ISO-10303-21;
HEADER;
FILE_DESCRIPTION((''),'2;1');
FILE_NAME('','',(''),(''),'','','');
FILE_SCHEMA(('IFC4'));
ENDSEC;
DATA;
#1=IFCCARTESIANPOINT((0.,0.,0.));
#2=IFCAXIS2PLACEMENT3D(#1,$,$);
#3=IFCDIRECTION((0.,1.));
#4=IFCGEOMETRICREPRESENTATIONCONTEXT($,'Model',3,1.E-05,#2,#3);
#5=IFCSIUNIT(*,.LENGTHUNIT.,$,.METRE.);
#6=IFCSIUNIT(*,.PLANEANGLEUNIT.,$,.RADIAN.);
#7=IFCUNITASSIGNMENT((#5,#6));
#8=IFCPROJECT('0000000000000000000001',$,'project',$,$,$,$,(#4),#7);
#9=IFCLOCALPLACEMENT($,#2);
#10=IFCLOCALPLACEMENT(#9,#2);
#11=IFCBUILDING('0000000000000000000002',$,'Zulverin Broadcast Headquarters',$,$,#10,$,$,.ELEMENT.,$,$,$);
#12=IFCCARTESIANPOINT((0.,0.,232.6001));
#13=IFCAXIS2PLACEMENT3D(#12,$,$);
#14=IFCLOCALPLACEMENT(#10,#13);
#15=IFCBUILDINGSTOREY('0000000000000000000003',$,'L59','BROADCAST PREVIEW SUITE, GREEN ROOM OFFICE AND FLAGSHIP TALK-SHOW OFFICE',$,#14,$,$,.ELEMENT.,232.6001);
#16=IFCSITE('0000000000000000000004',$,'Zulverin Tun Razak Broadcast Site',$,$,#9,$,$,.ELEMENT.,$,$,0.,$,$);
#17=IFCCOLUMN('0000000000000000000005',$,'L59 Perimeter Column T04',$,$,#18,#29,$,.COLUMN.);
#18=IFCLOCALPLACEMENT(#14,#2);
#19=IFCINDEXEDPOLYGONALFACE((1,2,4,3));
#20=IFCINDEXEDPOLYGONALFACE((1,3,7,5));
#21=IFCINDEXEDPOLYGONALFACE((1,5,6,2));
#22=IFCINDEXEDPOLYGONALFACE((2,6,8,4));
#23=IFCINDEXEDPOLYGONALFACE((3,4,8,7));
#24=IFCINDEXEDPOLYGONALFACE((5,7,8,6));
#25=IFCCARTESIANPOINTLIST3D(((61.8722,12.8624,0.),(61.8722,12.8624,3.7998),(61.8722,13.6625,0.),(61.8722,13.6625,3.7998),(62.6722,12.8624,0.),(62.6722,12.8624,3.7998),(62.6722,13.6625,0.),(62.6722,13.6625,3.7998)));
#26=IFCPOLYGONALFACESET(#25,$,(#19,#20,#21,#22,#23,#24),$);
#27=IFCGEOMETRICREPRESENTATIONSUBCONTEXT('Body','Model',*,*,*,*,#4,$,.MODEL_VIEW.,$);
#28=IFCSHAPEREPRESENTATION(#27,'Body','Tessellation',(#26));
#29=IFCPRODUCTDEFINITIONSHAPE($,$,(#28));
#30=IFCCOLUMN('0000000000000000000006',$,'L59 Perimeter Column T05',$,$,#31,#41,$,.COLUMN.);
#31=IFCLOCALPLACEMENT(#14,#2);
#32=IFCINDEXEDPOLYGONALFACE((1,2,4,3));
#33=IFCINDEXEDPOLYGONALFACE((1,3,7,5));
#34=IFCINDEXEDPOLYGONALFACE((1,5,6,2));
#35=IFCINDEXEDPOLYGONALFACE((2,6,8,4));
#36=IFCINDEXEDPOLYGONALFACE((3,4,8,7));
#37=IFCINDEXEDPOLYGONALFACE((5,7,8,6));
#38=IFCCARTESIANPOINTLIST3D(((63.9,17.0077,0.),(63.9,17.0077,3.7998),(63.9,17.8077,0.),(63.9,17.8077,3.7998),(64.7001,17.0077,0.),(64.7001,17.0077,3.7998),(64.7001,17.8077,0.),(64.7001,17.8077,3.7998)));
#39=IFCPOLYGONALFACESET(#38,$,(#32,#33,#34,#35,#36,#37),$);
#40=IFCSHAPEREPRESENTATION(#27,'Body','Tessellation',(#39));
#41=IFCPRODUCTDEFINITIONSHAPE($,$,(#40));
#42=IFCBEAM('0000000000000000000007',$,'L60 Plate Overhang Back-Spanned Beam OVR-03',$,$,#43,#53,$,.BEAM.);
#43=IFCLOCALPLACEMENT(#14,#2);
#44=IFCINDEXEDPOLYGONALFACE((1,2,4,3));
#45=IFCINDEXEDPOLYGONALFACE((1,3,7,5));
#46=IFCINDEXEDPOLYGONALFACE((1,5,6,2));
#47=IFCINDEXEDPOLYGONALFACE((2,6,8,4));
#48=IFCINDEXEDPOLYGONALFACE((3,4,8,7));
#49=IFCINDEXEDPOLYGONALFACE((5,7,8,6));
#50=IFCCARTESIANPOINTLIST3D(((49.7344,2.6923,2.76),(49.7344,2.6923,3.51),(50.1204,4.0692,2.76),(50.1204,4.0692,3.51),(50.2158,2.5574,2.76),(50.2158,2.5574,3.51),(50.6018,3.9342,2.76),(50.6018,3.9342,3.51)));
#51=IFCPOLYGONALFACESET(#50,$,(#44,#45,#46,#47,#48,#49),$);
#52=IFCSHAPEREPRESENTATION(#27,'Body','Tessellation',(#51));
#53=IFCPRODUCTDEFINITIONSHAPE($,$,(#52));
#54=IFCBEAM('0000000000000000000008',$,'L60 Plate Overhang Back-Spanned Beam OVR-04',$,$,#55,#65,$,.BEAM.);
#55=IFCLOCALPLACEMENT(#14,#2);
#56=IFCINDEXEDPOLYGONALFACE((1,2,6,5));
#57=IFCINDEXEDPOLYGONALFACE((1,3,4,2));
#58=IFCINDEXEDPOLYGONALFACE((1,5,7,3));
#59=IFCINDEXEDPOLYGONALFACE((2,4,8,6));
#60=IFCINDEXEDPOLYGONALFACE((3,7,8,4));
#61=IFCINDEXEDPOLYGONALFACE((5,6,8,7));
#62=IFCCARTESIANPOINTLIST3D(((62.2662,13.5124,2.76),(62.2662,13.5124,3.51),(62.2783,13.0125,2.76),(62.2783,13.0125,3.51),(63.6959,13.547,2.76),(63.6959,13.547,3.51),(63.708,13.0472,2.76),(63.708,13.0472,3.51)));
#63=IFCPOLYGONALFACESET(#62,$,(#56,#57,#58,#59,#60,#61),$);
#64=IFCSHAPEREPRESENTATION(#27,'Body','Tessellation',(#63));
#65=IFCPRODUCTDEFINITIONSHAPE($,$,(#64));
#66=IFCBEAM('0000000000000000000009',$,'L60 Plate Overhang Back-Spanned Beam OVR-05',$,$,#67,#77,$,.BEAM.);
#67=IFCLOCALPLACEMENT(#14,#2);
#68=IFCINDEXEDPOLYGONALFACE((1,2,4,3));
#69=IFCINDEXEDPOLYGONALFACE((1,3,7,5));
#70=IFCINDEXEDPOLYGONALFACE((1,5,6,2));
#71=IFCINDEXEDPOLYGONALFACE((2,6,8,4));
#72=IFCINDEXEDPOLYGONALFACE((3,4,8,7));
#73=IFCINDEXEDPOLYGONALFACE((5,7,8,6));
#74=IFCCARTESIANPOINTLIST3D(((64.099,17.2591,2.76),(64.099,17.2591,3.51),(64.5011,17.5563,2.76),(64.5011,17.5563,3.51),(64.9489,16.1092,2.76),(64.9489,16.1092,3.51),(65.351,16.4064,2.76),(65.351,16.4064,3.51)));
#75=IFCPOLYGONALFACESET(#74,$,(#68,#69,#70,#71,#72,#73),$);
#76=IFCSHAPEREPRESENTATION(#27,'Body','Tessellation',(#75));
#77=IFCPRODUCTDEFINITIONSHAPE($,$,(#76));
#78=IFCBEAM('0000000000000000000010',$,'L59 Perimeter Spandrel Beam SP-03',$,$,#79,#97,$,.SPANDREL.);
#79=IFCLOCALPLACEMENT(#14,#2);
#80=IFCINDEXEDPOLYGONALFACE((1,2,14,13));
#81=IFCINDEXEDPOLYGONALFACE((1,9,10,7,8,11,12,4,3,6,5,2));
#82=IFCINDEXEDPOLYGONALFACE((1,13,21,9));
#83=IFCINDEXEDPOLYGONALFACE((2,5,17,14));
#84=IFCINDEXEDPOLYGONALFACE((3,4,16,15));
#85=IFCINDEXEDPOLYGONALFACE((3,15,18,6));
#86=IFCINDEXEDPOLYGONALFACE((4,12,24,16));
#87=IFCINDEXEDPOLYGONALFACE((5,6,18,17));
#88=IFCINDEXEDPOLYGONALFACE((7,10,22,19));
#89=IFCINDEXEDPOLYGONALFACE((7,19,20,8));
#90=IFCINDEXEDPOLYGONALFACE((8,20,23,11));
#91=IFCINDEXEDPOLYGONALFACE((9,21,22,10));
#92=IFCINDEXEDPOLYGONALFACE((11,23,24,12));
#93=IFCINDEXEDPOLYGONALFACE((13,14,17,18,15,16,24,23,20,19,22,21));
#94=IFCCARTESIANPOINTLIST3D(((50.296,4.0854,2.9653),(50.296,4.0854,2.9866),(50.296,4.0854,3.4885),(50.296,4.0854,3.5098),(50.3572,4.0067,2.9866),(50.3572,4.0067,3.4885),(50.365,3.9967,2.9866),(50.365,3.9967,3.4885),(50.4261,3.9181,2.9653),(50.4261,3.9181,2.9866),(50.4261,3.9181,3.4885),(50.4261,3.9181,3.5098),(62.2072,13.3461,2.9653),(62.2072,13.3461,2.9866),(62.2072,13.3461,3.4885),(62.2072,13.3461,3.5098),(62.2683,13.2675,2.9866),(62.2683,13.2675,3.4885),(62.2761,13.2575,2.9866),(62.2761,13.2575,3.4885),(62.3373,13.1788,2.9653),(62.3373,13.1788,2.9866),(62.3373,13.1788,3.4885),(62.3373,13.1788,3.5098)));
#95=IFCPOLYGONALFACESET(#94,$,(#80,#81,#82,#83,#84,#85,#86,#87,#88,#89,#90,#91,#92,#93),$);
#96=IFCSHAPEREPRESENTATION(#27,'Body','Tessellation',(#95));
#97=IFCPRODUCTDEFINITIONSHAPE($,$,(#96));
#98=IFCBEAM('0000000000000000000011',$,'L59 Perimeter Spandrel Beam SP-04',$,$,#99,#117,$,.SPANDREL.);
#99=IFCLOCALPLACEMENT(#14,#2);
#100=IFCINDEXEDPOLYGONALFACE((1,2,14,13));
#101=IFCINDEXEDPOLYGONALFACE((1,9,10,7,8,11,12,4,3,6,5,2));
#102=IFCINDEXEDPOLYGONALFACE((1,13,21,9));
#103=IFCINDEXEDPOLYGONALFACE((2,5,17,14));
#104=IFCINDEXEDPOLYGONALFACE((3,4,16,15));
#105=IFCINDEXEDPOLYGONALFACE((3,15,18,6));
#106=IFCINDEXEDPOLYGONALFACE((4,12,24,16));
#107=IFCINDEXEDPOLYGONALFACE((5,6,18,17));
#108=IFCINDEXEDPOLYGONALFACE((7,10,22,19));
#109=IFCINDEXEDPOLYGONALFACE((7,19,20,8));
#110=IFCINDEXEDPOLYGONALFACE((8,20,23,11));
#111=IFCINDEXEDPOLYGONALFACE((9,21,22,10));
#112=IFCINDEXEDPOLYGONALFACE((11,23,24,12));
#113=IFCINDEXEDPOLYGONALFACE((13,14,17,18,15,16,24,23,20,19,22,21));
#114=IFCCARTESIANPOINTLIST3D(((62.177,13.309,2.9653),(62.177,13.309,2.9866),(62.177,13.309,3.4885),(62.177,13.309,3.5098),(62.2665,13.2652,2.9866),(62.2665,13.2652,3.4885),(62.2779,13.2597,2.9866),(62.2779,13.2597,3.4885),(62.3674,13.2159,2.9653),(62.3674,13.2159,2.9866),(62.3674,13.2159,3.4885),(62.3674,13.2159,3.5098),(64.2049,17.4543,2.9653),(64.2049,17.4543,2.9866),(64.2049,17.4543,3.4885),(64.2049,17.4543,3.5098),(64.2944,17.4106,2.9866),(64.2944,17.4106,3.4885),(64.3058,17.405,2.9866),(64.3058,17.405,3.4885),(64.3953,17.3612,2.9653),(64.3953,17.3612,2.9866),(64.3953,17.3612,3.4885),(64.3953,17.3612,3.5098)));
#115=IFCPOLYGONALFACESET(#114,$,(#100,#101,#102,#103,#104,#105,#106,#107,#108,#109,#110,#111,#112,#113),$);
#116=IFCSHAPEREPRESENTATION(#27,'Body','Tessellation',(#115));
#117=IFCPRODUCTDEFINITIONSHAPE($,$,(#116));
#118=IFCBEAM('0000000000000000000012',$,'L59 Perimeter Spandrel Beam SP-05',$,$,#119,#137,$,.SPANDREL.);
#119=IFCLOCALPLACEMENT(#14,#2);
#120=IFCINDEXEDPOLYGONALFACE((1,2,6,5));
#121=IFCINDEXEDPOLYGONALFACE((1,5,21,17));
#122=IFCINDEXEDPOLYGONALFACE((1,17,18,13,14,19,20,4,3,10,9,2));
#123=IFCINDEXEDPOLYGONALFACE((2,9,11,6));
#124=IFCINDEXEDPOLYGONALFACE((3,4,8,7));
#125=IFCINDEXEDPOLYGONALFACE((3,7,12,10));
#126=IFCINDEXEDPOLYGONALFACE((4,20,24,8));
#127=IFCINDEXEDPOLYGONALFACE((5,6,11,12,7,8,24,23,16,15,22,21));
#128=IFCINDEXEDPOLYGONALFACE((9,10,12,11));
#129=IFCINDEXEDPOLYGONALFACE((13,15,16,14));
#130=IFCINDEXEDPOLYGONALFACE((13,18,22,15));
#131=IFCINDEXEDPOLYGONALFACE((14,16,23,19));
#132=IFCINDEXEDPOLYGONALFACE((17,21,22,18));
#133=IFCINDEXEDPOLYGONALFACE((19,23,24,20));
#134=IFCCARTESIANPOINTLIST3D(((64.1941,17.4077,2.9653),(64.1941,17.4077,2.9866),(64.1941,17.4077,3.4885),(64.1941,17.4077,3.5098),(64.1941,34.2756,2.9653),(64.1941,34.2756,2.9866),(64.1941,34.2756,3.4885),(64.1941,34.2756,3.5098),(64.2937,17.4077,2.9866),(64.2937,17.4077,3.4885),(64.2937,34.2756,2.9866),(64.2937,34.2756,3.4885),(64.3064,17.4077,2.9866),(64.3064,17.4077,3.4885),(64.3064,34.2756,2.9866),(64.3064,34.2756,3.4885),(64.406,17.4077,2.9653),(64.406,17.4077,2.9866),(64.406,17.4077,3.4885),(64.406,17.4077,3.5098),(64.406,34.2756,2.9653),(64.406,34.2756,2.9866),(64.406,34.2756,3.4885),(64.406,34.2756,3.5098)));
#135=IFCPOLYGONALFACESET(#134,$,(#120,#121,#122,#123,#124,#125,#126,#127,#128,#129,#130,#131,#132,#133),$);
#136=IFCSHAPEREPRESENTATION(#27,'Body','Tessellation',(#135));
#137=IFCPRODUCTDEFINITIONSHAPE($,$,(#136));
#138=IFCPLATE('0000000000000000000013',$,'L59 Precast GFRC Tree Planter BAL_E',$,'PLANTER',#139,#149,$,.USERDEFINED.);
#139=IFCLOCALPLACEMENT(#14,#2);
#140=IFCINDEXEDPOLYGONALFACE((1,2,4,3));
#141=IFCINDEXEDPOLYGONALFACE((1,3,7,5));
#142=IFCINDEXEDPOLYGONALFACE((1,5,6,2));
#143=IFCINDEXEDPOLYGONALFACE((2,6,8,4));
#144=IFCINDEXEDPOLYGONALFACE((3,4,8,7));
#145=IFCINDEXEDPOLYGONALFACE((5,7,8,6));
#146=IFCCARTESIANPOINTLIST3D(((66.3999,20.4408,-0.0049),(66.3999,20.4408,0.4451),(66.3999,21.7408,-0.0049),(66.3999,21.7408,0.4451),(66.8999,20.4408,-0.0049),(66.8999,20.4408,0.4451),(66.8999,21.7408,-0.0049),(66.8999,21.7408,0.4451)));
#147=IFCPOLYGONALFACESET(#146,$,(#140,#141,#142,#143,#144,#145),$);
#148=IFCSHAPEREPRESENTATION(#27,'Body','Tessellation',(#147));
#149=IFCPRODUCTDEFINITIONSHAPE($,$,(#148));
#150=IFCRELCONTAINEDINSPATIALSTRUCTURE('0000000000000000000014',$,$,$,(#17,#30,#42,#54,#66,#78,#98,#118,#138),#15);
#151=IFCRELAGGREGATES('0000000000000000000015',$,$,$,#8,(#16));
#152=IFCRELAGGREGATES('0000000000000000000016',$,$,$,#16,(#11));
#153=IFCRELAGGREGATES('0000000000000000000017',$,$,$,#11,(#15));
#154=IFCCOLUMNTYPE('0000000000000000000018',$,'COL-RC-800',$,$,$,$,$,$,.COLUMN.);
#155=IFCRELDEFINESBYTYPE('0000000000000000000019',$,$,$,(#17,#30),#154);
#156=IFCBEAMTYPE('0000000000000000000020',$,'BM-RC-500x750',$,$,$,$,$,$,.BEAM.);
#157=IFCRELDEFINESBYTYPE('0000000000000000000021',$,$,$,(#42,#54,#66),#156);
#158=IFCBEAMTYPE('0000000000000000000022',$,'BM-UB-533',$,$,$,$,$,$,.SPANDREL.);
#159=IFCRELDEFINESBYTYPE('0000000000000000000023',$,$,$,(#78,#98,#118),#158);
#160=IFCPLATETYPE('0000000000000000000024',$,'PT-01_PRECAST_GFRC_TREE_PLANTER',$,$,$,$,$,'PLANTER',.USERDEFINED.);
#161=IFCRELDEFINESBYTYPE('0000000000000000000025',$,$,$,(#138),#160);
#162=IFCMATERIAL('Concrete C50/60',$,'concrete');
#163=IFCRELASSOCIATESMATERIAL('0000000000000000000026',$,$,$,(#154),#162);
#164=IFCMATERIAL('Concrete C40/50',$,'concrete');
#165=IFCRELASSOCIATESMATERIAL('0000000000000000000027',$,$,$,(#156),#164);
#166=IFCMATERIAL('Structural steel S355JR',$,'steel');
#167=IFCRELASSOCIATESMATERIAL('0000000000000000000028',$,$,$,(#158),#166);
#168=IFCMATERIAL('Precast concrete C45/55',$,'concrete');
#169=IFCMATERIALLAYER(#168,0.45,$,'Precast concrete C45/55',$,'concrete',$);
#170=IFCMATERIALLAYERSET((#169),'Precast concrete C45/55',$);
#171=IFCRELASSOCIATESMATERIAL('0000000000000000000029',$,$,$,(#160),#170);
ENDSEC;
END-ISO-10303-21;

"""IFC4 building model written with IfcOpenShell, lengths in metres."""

from ifc_helpers import new_model, si_unit, direction, frame, origin, origin_2d, place, context, subcontext, project, spatial, rectangle, i_section, extrude, material, layer, layer_set, material_profile, profile_set, type_object, element, save


model = new_model("IFC4")

# Units and contexts
model_context = context("Model", 3, precision=1e-05, world=origin(), true_north=direction((0.0, 1.0)))
body_context = subcontext(model_context, "Body", "Model", "MODEL_VIEW")
ifc_project = project(units=[si_unit("LENGTHUNIT", "METRE"), si_unit("PLANEANGLEUNIT", "RADIAN")], contexts=[model_context])

# Site, building, storey
site_placement = place(None, origin())
site = spatial("IfcSite", under=ifc_project, at=site_placement, Name="Zulverin Tun Razak Broadcast Site", CompositionType="ELEMENT", RefElevation=0.0)
building_placement = place(site_placement, origin())
building = spatial("IfcBuilding", under=site, at=building_placement, Name="Zulverin Broadcast Headquarters", CompositionType="ELEMENT")
storey_placement = place(building_placement, frame((0.0, 0.0, 232.6001)))
storey = spatial("IfcBuildingStorey", under=building, at=storey_placement, Name="L59", Description="BROADCAST PREVIEW SUITE, GREEN ROOM OFFICE AND FLAGSHIP TALK-SHOW OFFICE", CompositionType="ELEMENT", Elevation=232.6001)

# Columns
ifc_material_1 = material(Name="Concrete C50/60", Category="concrete")
ifc_material_profile_1 = material_profile(ifc_material_1, rectangle(XDim=0.8, YDim=0.8, at=origin_2d()), Name="Concrete C50/60", Category="concrete")
ifc_profile_set_1 = profile_set([ifc_material_profile_1], Name="Concrete C50/60")
column_type = type_object("IfcColumnType", Name="COL-RC-800", PredefinedType="COLUMN", material=ifc_profile_set_1)
for number, where, z_axis, x_axis, name in (
    (1, (62.2722, 13.2625, 0.0), (0.0, 0.0, 1.0), (1.0, 0.0, 0.0), "L59 Perimeter Column T04"),
    (2, (64.3, 17.4077, 0.0), (0.0, 0.0, 1.0), (1.0, 0.0, 0.0), "L59 Perimeter Column T05"),
):
    element("IfcColumn", number, at=place(storey_placement, frame(where, z_axis=z_axis, x_axis=x_axis)), inside=storey, type_object=column_type, Name=name, PredefinedType="COLUMN", context=body_context, shape_type="SweptSolid", body=[
        extrude(rectangle(XDim=0.8, YDim=0.8, at=origin_2d()), origin(), (0.0, 0.0, 1.0), 3.7998),
    ])

# Beams
ifc_material_2 = material(Name="Concrete C40/50", Category="concrete")
ifc_material_profile_2 = material_profile(ifc_material_2, rectangle(XDim=0.5, YDim=0.75, at=origin_2d()), Name="Concrete C40/50", Category="concrete")
ifc_profile_set_2 = profile_set([ifc_material_profile_2], Name="Concrete C40/50")
beam_type_1 = type_object("IfcBeamType", Name="BM-RC-500x750", PredefinedType="BEAM", material=ifc_profile_set_2)
beam_1_placement = place(storey_placement, frame((50.3611, 4.0017, 3.135), z_axis=(-0.269915, -0.962884, 0.0), x_axis=(0.962884, -0.269915, 0.0)))
element("IfcBeam", 3, at=beam_1_placement, inside=storey, type_object=beam_type_1, Name="L60 Plate Overhang Back-Spanned Beam OVR-03", PredefinedType="BEAM", context=body_context, shape_type="SweptSolid", body=[
    extrude(rectangle(XDim=0.5, YDim=0.75, at=origin_2d()), origin(), (0.0, 0.0, 1.0), 1.4299),
])
beam_2_placement = place(storey_placement, frame((62.2722, 13.2625, 3.135), z_axis=(0.999706, 0.024242, 0.0), x_axis=(-0.024242, 0.999706, 0.0)))
element("IfcBeam", 4, at=beam_2_placement, inside=storey, type_object=beam_type_1, Name="L60 Plate Overhang Back-Spanned Beam OVR-04", PredefinedType="BEAM", context=body_context, shape_type="SweptSolid", body=[
    extrude(rectangle(XDim=0.5, YDim=0.75, at=origin_2d()), origin(), (0.0, 0.0, 1.0), 1.4302),
])
beam_3_placement = place(storey_placement, frame((64.3, 17.4077, 3.135), z_axis=(0.594357, -0.804201, 0.0), x_axis=(0.804201, 0.594357, 0.0)))
element("IfcBeam", 5, at=beam_3_placement, inside=storey, type_object=beam_type_1, Name="L60 Plate Overhang Back-Spanned Beam OVR-05", PredefinedType="BEAM", context=body_context, shape_type="SweptSolid", body=[
    extrude(rectangle(XDim=0.5, YDim=0.75, at=origin_2d()), origin(), (0.0, 0.0, 1.0), 1.4299),
])
ifc_material_3 = material(Name="Structural steel S355JR", Category="steel")
ifc_material_profile_3 = material_profile(ifc_material_3, i_section(OverallWidth=0.2119, OverallDepth=0.5444, WebThickness=0.0127, FlangeThickness=0.0212, at=origin_2d()), Name="Structural steel S355JR", Category="steel")
ifc_profile_set_3 = profile_set([ifc_material_profile_3], Name="Structural steel S355JR")
beam_type_2 = type_object("IfcBeamType", Name="BM-UB-533", PredefinedType="SPANDREL", material=ifc_profile_set_3)
beam_4_placement = place(storey_placement, frame((50.3611, 4.0017, 3.2375), z_axis=(0.789464, 0.613797, 0.0), x_axis=(-0.613797, 0.789464, 0.0)))
element("IfcBeam", 6, at=beam_4_placement, inside=storey, type_object=beam_type_2, Name="L59 Perimeter Spandrel Beam SP-03", PredefinedType="SPANDREL", context=body_context, shape_type="SweptSolid", body=[
    extrude(i_section(OverallWidth=0.2119, OverallDepth=0.5444, WebThickness=0.0127, FlangeThickness=0.0212, at=origin_2d()), origin(), (0.0, 0.0, 1.0), 15.0876),
])
beam_5_placement = place(storey_placement, frame((62.2722, 13.2625, 3.2375), z_axis=(0.43943, 0.898277, 0.0), x_axis=(-0.898277, 0.43943, 0.0)))
element("IfcBeam", 7, at=beam_5_placement, inside=storey, type_object=beam_type_2, Name="L59 Perimeter Spandrel Beam SP-04", PredefinedType="SPANDREL", context=body_context, shape_type="SweptSolid", body=[
    extrude(i_section(OverallWidth=0.2119, OverallDepth=0.5444, WebThickness=0.0127, FlangeThickness=0.0212, at=origin_2d()), origin(), (0.0, 0.0, 1.0), 4.6147),
])
beam_6_placement = place(storey_placement, frame((64.3, 17.4077, 3.2375), z_axis=(0.0, 1.0, 0.0), x_axis=(-1.0, 0.0, 0.0)))
element("IfcBeam", 8, at=beam_6_placement, inside=storey, type_object=beam_type_2, Name="L59 Perimeter Spandrel Beam SP-05", PredefinedType="SPANDREL", context=body_context, shape_type="SweptSolid", body=[
    extrude(i_section(OverallWidth=0.2119, OverallDepth=0.5444, WebThickness=0.0127, FlangeThickness=0.0212, at=origin_2d()), origin(), (0.0, 0.0, 1.0), 16.8679),
])

# Plate
ifc_material_4 = material(Name="Precast concrete C45/55", Category="concrete")
ifc_layer_1 = layer(ifc_material_4, 0.45, Name="Precast concrete C45/55", Category="concrete")
ifc_layer_set_1 = layer_set([ifc_layer_1], Name="Precast concrete C45/55")
plate_type = type_object("IfcPlateType", Name="PT-01_PRECAST_GFRC_TREE_PLANTER", ElementType="PLANTER", PredefinedType="USERDEFINED", material=ifc_layer_set_1)
plate_placement = place(storey_placement, frame((66.6499, 21.0908, -0.0049), z_axis=(0.0, 0.0, 1.0), x_axis=(0.0, 1.0, 0.0)))
element("IfcPlate", 9, at=plate_placement, inside=storey, type_object=plate_type, Name="L59 Precast GFRC Tree Planter BAL_E", ObjectType="PLANTER", PredefinedType="USERDEFINED", context=body_context, shape_type="SweptSolid", body=[
    extrude(rectangle(XDim=1.3, YDim=0.5, at=origin_2d()), origin(), (0.0, 0.0, 1.0), 0.45),
])

save(model, "model.ifc")
